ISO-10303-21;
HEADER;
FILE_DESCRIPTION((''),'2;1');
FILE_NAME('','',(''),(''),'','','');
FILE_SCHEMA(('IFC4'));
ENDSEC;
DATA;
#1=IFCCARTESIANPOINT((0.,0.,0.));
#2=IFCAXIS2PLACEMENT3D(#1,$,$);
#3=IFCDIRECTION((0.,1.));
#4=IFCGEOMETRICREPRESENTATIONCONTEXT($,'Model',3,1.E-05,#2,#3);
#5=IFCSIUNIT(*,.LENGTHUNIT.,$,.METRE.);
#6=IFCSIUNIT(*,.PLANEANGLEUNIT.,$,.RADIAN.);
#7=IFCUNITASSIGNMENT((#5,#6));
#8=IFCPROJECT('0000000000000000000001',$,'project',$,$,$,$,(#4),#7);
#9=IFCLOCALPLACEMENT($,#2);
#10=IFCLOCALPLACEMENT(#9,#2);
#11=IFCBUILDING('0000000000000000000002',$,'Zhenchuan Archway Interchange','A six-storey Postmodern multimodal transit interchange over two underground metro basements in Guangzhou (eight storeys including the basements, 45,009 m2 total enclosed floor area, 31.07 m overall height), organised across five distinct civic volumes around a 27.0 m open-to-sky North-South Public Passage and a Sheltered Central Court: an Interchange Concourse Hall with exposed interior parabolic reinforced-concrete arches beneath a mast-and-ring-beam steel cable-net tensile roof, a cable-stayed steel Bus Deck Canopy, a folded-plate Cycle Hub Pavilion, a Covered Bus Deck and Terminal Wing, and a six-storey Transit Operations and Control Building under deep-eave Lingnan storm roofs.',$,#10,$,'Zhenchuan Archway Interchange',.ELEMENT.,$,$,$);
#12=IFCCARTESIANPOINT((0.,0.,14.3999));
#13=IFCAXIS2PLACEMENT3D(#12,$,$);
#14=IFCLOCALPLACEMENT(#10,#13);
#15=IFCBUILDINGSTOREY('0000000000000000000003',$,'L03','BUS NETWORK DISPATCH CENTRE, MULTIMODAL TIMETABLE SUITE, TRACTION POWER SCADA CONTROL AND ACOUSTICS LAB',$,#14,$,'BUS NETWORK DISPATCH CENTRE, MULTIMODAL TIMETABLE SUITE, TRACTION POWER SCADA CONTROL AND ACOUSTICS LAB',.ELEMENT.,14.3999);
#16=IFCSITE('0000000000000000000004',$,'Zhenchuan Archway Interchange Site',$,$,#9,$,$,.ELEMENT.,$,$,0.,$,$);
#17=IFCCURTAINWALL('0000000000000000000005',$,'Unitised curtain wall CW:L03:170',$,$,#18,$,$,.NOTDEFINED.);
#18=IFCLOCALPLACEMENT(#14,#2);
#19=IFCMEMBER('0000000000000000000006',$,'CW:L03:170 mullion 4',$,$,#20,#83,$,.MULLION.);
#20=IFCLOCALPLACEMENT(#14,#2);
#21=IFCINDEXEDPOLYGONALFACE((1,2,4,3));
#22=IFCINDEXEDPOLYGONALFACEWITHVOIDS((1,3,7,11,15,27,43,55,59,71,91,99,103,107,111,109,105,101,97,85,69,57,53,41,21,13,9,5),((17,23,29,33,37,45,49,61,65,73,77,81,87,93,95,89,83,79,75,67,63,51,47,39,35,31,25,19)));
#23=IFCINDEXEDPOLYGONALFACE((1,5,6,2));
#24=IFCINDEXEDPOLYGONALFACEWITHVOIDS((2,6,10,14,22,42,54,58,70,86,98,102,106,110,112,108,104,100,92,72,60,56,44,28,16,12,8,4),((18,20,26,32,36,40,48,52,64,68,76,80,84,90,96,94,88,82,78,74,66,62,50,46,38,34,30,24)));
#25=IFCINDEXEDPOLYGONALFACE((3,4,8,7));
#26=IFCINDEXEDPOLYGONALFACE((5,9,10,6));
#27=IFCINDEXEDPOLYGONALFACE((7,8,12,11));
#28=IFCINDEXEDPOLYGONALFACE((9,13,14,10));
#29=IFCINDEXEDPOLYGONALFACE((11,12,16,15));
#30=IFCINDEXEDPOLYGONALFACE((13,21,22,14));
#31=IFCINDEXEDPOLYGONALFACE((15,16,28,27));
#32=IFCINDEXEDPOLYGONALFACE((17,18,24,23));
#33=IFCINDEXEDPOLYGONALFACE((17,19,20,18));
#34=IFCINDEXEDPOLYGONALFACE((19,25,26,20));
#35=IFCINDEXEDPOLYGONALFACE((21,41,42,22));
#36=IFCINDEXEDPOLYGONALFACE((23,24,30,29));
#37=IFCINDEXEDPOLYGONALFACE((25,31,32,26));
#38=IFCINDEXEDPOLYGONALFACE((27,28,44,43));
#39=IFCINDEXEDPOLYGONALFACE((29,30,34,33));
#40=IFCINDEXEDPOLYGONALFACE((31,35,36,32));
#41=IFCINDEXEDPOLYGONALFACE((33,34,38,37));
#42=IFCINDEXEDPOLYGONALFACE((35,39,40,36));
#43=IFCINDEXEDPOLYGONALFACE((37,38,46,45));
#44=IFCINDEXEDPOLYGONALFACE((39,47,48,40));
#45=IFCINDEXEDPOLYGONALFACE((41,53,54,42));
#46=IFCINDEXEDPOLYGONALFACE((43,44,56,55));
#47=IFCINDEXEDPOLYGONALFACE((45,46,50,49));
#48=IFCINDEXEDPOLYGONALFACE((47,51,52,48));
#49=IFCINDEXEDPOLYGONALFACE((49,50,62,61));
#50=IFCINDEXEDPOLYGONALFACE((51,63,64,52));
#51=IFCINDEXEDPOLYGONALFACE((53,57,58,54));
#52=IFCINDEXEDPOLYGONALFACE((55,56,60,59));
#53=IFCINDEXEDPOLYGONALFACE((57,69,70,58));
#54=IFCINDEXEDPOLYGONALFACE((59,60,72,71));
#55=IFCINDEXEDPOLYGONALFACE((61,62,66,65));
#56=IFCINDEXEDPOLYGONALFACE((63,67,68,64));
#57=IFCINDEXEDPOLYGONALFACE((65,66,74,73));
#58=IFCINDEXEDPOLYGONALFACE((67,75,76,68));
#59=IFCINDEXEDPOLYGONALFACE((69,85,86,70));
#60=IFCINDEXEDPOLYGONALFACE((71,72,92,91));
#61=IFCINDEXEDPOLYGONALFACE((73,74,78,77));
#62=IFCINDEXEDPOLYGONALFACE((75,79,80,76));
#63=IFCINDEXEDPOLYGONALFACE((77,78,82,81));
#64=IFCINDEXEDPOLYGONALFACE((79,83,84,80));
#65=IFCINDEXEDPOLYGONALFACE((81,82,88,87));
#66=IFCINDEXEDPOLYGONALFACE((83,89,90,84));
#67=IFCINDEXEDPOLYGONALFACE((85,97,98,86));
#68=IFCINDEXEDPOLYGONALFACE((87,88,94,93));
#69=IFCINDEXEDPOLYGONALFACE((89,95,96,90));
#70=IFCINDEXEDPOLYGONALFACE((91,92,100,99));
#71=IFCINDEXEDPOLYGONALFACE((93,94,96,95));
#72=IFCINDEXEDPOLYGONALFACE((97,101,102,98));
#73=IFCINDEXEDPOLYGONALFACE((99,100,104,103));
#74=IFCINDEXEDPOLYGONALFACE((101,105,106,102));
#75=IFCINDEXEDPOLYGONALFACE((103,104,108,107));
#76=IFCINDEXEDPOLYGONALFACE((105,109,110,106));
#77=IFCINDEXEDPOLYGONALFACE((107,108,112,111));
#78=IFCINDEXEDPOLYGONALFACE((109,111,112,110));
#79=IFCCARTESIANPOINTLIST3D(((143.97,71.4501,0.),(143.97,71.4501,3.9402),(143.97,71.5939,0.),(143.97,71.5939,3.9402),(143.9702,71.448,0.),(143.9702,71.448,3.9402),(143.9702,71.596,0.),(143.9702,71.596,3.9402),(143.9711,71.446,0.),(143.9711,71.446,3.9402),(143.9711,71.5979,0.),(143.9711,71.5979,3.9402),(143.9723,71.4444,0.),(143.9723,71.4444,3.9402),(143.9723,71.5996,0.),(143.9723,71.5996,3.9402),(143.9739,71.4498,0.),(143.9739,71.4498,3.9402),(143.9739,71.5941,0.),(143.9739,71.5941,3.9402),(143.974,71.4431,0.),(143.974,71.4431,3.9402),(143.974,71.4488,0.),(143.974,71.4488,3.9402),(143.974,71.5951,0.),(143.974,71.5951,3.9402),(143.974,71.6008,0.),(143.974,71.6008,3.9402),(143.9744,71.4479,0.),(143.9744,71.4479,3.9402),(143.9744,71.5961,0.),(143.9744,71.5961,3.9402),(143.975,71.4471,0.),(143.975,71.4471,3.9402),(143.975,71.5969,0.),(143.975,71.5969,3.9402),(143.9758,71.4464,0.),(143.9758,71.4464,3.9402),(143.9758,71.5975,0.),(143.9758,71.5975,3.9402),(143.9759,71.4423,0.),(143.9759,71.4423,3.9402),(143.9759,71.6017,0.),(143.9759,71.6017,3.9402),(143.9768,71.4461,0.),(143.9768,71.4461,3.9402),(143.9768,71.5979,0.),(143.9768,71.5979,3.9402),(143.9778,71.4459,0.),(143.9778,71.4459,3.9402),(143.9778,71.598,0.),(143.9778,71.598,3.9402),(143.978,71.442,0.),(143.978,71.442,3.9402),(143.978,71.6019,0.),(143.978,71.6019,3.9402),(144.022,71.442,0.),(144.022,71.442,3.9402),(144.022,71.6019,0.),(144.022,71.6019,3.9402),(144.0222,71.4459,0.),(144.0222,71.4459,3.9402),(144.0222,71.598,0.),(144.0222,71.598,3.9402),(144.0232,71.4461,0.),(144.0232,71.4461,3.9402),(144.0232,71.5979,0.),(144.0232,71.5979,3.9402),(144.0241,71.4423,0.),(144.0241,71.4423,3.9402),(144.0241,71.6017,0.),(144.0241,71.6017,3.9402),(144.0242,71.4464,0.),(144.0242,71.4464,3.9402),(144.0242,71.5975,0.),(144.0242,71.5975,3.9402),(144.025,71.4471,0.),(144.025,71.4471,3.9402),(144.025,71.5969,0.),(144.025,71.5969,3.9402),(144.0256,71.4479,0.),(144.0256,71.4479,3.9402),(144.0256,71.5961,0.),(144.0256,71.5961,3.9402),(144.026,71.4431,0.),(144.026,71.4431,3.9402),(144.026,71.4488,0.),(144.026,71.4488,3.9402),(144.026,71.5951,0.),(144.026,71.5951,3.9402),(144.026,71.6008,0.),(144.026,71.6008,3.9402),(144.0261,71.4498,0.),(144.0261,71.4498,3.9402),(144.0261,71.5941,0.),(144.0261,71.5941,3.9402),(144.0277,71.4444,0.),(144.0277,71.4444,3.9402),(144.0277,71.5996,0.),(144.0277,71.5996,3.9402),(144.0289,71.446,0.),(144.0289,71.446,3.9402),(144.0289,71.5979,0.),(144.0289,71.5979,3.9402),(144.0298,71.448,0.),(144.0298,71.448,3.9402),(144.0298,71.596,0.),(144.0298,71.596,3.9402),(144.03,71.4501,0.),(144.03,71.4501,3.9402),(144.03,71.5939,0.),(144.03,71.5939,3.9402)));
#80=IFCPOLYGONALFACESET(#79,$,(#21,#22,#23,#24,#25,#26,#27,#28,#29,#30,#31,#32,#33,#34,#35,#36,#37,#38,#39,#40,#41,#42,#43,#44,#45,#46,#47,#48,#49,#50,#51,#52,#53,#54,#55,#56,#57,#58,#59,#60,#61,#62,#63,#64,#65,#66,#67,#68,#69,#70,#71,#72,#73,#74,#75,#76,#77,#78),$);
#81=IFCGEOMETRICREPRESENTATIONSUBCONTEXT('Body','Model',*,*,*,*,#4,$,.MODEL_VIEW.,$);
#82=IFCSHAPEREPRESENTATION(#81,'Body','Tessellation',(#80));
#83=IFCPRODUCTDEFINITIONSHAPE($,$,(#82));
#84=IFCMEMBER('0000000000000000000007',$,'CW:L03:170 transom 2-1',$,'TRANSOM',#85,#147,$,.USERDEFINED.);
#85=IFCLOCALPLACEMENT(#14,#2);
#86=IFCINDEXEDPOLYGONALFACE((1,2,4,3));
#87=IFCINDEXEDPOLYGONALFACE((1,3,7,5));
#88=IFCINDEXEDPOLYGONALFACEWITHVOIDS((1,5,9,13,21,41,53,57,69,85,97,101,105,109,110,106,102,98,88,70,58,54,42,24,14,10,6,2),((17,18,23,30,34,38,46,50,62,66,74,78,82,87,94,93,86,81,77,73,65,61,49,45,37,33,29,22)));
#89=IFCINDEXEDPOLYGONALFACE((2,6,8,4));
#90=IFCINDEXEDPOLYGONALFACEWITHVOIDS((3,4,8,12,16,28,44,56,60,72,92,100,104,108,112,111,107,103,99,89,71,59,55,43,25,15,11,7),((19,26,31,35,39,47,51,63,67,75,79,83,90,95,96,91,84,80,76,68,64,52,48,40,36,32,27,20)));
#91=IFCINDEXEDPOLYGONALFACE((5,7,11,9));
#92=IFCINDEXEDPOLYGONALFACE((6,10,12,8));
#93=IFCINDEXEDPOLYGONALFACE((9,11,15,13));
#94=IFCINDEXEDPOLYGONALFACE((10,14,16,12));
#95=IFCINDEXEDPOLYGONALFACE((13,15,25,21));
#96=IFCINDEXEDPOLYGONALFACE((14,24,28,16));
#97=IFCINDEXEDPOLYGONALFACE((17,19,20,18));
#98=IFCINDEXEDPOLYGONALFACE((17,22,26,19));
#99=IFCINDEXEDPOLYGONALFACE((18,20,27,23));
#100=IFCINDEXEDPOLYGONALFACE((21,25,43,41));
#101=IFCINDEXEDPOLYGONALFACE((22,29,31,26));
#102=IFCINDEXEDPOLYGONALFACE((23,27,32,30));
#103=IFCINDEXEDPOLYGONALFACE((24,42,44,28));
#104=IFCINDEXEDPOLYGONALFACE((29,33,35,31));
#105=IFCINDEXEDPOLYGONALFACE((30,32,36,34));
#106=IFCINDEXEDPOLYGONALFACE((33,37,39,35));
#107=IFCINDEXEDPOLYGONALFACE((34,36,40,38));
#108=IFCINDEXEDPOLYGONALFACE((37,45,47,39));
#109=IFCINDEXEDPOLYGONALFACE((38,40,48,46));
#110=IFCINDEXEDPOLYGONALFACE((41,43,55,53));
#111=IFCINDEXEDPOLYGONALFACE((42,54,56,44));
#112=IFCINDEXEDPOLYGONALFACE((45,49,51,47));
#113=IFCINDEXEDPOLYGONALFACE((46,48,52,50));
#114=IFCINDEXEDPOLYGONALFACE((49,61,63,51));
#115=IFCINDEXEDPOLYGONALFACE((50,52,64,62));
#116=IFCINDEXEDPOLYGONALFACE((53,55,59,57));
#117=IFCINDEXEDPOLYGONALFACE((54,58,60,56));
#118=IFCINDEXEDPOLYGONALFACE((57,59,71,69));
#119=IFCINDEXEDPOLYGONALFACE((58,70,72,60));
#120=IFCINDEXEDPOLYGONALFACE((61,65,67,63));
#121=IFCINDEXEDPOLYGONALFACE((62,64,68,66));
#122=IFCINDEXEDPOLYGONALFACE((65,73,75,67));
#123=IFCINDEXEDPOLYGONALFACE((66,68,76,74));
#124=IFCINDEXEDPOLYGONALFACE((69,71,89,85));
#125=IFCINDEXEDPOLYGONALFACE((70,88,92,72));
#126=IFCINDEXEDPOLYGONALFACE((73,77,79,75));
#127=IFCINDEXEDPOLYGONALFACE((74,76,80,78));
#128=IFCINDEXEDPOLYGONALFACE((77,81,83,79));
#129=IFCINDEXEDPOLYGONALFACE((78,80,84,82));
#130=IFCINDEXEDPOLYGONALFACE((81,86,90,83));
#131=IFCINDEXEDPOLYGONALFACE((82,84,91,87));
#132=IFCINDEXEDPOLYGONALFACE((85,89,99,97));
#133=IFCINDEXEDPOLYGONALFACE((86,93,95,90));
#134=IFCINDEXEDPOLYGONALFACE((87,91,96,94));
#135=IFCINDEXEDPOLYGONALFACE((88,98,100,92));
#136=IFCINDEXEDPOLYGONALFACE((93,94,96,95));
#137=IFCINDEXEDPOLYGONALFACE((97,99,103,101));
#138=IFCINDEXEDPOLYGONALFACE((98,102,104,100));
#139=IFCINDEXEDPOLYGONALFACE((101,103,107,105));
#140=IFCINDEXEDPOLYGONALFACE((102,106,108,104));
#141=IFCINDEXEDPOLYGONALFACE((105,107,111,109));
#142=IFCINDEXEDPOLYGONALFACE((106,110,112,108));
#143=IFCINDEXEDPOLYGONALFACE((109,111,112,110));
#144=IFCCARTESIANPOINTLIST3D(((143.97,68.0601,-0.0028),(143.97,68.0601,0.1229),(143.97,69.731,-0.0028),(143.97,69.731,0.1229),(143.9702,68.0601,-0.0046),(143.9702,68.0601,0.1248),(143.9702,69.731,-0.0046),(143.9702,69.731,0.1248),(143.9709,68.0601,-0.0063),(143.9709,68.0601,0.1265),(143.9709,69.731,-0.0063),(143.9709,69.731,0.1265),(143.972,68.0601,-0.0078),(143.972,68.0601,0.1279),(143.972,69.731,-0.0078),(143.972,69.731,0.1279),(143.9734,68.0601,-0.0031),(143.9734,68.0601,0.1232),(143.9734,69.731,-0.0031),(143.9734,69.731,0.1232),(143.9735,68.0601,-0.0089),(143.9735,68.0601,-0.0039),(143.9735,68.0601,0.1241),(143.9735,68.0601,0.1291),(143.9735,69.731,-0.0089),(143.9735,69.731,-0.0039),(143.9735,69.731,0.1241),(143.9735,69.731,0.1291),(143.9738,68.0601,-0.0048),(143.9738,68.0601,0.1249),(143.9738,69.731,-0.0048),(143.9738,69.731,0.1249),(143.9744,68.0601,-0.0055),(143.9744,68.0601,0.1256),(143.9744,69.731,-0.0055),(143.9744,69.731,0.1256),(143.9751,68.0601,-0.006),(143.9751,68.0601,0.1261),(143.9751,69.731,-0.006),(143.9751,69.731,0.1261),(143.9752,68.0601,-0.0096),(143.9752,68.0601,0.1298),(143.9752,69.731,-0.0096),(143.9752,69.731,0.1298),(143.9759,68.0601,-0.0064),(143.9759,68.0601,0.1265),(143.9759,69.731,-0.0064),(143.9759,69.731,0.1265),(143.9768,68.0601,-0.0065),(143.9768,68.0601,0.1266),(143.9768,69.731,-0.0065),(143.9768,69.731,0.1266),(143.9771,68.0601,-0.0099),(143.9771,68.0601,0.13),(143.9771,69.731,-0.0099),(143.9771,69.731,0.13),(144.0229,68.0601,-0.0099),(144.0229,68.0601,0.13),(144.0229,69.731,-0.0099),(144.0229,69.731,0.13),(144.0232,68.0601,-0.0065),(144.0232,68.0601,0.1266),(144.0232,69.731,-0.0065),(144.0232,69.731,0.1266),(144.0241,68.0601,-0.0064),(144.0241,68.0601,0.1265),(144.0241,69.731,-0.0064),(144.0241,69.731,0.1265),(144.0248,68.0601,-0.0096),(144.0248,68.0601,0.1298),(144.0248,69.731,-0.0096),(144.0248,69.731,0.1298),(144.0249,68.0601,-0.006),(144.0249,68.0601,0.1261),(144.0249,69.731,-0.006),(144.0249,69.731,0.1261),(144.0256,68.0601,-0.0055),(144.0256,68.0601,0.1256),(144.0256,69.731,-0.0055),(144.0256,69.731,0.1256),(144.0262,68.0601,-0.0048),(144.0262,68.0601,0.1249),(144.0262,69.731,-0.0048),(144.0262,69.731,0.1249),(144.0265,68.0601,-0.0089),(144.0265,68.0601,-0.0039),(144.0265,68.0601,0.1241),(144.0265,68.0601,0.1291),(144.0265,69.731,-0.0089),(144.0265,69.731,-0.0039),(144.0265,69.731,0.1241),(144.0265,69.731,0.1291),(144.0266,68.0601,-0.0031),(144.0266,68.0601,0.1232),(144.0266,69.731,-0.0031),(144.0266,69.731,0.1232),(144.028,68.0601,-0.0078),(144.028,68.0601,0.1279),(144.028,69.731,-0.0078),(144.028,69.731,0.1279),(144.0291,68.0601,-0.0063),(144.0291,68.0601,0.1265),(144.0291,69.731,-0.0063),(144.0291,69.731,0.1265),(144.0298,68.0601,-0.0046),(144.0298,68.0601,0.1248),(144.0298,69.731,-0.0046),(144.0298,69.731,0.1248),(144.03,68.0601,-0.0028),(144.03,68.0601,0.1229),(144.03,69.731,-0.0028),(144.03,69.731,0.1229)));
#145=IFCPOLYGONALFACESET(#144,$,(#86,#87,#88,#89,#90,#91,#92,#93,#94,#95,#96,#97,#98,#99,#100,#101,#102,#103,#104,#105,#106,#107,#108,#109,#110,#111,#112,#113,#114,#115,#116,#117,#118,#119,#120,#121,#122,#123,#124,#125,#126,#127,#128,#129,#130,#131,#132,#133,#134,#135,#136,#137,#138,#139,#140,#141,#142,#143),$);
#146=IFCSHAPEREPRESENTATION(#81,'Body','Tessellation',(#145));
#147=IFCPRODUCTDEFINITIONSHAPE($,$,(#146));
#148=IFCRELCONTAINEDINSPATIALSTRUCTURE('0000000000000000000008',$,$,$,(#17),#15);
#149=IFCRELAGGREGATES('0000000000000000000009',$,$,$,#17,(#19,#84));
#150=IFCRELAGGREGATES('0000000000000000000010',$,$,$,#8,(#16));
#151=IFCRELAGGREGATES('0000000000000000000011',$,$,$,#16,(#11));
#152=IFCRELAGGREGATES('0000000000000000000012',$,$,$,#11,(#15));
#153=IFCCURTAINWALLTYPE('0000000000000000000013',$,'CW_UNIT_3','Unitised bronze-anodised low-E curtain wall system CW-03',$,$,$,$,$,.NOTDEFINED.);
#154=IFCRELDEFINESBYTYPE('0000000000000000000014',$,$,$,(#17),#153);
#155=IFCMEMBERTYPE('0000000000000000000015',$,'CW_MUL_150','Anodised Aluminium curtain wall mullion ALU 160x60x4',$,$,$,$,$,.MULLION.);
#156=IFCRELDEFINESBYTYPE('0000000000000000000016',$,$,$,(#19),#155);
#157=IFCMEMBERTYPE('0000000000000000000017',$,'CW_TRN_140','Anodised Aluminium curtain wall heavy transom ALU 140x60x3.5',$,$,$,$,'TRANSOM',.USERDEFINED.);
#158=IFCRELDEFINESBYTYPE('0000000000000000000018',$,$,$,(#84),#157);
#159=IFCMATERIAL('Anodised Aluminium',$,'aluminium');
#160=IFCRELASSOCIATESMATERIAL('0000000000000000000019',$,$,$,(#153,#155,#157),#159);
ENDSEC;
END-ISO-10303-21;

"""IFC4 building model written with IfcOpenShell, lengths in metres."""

from ifc_helpers import new_model, si_unit, direction, frame, origin, origin_2d, place, context, subcontext, project, spatial, hollow_rectangle, extrude, material, material_profile, profile_set, type_object, element, aggregate, save


model = new_model("IFC4")

# Units and contexts
model_context = context("Model", 3, precision=1e-05, world=origin(), true_north=direction((0.0, 1.0)))
body_context = subcontext(model_context, "Body", "Model", "MODEL_VIEW")
ifc_project = project(units=[si_unit("LENGTHUNIT", "METRE"), si_unit("PLANEANGLEUNIT", "RADIAN")], contexts=[model_context])

# Site, building, storey
site_placement = place(None, origin())
site = spatial("IfcSite", under=ifc_project, at=site_placement, Name="Zhenchuan Archway Interchange Site", CompositionType="ELEMENT", RefElevation=0.0)
building_placement = place(site_placement, origin())
building = spatial("IfcBuilding", under=site, at=building_placement, Name="Zhenchuan Archway Interchange", Description="A six-storey Postmodern multimodal transit interchange over two underground metro basements in Guangzhou (eight storeys including the basements, 45,009 m2 total enclosed floor area, 31.07 m overall height), organised across five distinct civic volumes around a 27.0 m open-to-sky North-South Public Passage and a Sheltered Central Court: an Interchange Concourse Hall with exposed interior parabolic reinforced-concrete arches beneath a mast-and-ring-beam steel cable-net tensile roof, a cable-stayed steel Bus Deck Canopy, a folded-plate Cycle Hub Pavilion, a Covered Bus Deck and Terminal Wing, and a six-storey Transit Operations and Control Building under deep-eave Lingnan storm roofs.", LongName="Zhenchuan Archway Interchange", CompositionType="ELEMENT")
storey_placement = place(building_placement, frame((0.0, 0.0, 14.3999)))
storey = spatial("IfcBuildingStorey", under=building, at=storey_placement, Name="L03", Description="BUS NETWORK DISPATCH CENTRE, MULTIMODAL TIMETABLE SUITE, TRACTION POWER SCADA CONTROL AND ACOUSTICS LAB", LongName="BUS NETWORK DISPATCH CENTRE, MULTIMODAL TIMETABLE SUITE, TRACTION POWER SCADA CONTROL AND ACOUSTICS LAB", CompositionType="ELEMENT", Elevation=14.3999)

# Curtain wall, members
ifc_material_1 = material(Name="Anodised Aluminium", Category="aluminium")
curtain_wall_type = type_object("IfcCurtainWallType", Name="CW_UNIT_3", Description="Unitised bronze-anodised low-E curtain wall system CW-03", PredefinedType="NOTDEFINED", material=ifc_material_1)
curtain_wall_placement = place(storey_placement, origin())
curtain_wall = element("IfcCurtainWall", 1, at=curtain_wall_placement, inside=storey, type_object=curtain_wall_type, Name="Unitised curtain wall CW:L03:170", PredefinedType="NOTDEFINED")
ifc_material_profile_1 = material_profile(ifc_material_1, hollow_rectangle(XDim=0.0601, YDim=0.1599, WallThickness=0.0039, InnerFilletRadius=0.0039, OuterFilletRadius=0.0081, at=origin_2d()), Name="ALU 160x60x4")
ifc_profile_set_1 = profile_set([ifc_material_profile_1], Name="Anodised Aluminium")
member_type_1 = type_object("IfcMemberType", Name="CW_MUL_150", Description="Anodised Aluminium curtain wall mullion ALU 160x60x4", PredefinedType="MULLION", material=ifc_profile_set_1)
member_1_placement = place(storey_placement, frame((144.0, 71.522, 0.0), z_axis=(0.0, 0.0, 1.0), x_axis=(1.0, 0.0, 0.0)))
member_1 = element("IfcMember", 2, at=member_1_placement, type_object=member_type_1, Name="CW:L03:170 mullion 4", PredefinedType="MULLION", context=body_context, shape_type="SweptSolid", body=[
    extrude(hollow_rectangle(XDim=0.0601, YDim=0.1599, WallThickness=0.0039, InnerFilletRadius=0.0039, OuterFilletRadius=0.0081, at=origin_2d()), origin(), (0.0, 0.0, 1.0), 3.9402),
])
ifc_material_profile_2 = material_profile(ifc_material_1, hollow_rectangle(XDim=0.0601, YDim=0.1399, WallThickness=0.0034, InnerFilletRadius=0.0034, OuterFilletRadius=0.0071, at=origin_2d()), Name="ALU 140x60x3.5")
ifc_profile_set_2 = profile_set([ifc_material_profile_2], Name="Anodised Aluminium")
member_type_2 = type_object("IfcMemberType", Name="CW_TRN_140", Description="Anodised Aluminium curtain wall heavy transom ALU 140x60x3.5", ElementType="TRANSOM", PredefinedType="USERDEFINED", material=ifc_profile_set_2)
member_2_placement = place(storey_placement, frame((144.0, 68.0601, 0.0601), z_axis=(0.0, 1.0, 0.0), x_axis=(-1.0, 0.0, 0.0)))
member_2 = element("IfcMember", 3, at=member_2_placement, type_object=member_type_2, Name="CW:L03:170 transom 2-1", ObjectType="TRANSOM", PredefinedType="USERDEFINED", context=body_context, shape_type="SweptSolid", body=[
    extrude(hollow_rectangle(XDim=0.0601, YDim=0.1399, WallThickness=0.0034, InnerFilletRadius=0.0034, OuterFilletRadius=0.0071, at=origin_2d()), origin(), (0.0, 0.0, 1.0), 1.6709),
])
aggregate(curtain_wall, [member_1, member_2])

save(model, "model.ifc")
